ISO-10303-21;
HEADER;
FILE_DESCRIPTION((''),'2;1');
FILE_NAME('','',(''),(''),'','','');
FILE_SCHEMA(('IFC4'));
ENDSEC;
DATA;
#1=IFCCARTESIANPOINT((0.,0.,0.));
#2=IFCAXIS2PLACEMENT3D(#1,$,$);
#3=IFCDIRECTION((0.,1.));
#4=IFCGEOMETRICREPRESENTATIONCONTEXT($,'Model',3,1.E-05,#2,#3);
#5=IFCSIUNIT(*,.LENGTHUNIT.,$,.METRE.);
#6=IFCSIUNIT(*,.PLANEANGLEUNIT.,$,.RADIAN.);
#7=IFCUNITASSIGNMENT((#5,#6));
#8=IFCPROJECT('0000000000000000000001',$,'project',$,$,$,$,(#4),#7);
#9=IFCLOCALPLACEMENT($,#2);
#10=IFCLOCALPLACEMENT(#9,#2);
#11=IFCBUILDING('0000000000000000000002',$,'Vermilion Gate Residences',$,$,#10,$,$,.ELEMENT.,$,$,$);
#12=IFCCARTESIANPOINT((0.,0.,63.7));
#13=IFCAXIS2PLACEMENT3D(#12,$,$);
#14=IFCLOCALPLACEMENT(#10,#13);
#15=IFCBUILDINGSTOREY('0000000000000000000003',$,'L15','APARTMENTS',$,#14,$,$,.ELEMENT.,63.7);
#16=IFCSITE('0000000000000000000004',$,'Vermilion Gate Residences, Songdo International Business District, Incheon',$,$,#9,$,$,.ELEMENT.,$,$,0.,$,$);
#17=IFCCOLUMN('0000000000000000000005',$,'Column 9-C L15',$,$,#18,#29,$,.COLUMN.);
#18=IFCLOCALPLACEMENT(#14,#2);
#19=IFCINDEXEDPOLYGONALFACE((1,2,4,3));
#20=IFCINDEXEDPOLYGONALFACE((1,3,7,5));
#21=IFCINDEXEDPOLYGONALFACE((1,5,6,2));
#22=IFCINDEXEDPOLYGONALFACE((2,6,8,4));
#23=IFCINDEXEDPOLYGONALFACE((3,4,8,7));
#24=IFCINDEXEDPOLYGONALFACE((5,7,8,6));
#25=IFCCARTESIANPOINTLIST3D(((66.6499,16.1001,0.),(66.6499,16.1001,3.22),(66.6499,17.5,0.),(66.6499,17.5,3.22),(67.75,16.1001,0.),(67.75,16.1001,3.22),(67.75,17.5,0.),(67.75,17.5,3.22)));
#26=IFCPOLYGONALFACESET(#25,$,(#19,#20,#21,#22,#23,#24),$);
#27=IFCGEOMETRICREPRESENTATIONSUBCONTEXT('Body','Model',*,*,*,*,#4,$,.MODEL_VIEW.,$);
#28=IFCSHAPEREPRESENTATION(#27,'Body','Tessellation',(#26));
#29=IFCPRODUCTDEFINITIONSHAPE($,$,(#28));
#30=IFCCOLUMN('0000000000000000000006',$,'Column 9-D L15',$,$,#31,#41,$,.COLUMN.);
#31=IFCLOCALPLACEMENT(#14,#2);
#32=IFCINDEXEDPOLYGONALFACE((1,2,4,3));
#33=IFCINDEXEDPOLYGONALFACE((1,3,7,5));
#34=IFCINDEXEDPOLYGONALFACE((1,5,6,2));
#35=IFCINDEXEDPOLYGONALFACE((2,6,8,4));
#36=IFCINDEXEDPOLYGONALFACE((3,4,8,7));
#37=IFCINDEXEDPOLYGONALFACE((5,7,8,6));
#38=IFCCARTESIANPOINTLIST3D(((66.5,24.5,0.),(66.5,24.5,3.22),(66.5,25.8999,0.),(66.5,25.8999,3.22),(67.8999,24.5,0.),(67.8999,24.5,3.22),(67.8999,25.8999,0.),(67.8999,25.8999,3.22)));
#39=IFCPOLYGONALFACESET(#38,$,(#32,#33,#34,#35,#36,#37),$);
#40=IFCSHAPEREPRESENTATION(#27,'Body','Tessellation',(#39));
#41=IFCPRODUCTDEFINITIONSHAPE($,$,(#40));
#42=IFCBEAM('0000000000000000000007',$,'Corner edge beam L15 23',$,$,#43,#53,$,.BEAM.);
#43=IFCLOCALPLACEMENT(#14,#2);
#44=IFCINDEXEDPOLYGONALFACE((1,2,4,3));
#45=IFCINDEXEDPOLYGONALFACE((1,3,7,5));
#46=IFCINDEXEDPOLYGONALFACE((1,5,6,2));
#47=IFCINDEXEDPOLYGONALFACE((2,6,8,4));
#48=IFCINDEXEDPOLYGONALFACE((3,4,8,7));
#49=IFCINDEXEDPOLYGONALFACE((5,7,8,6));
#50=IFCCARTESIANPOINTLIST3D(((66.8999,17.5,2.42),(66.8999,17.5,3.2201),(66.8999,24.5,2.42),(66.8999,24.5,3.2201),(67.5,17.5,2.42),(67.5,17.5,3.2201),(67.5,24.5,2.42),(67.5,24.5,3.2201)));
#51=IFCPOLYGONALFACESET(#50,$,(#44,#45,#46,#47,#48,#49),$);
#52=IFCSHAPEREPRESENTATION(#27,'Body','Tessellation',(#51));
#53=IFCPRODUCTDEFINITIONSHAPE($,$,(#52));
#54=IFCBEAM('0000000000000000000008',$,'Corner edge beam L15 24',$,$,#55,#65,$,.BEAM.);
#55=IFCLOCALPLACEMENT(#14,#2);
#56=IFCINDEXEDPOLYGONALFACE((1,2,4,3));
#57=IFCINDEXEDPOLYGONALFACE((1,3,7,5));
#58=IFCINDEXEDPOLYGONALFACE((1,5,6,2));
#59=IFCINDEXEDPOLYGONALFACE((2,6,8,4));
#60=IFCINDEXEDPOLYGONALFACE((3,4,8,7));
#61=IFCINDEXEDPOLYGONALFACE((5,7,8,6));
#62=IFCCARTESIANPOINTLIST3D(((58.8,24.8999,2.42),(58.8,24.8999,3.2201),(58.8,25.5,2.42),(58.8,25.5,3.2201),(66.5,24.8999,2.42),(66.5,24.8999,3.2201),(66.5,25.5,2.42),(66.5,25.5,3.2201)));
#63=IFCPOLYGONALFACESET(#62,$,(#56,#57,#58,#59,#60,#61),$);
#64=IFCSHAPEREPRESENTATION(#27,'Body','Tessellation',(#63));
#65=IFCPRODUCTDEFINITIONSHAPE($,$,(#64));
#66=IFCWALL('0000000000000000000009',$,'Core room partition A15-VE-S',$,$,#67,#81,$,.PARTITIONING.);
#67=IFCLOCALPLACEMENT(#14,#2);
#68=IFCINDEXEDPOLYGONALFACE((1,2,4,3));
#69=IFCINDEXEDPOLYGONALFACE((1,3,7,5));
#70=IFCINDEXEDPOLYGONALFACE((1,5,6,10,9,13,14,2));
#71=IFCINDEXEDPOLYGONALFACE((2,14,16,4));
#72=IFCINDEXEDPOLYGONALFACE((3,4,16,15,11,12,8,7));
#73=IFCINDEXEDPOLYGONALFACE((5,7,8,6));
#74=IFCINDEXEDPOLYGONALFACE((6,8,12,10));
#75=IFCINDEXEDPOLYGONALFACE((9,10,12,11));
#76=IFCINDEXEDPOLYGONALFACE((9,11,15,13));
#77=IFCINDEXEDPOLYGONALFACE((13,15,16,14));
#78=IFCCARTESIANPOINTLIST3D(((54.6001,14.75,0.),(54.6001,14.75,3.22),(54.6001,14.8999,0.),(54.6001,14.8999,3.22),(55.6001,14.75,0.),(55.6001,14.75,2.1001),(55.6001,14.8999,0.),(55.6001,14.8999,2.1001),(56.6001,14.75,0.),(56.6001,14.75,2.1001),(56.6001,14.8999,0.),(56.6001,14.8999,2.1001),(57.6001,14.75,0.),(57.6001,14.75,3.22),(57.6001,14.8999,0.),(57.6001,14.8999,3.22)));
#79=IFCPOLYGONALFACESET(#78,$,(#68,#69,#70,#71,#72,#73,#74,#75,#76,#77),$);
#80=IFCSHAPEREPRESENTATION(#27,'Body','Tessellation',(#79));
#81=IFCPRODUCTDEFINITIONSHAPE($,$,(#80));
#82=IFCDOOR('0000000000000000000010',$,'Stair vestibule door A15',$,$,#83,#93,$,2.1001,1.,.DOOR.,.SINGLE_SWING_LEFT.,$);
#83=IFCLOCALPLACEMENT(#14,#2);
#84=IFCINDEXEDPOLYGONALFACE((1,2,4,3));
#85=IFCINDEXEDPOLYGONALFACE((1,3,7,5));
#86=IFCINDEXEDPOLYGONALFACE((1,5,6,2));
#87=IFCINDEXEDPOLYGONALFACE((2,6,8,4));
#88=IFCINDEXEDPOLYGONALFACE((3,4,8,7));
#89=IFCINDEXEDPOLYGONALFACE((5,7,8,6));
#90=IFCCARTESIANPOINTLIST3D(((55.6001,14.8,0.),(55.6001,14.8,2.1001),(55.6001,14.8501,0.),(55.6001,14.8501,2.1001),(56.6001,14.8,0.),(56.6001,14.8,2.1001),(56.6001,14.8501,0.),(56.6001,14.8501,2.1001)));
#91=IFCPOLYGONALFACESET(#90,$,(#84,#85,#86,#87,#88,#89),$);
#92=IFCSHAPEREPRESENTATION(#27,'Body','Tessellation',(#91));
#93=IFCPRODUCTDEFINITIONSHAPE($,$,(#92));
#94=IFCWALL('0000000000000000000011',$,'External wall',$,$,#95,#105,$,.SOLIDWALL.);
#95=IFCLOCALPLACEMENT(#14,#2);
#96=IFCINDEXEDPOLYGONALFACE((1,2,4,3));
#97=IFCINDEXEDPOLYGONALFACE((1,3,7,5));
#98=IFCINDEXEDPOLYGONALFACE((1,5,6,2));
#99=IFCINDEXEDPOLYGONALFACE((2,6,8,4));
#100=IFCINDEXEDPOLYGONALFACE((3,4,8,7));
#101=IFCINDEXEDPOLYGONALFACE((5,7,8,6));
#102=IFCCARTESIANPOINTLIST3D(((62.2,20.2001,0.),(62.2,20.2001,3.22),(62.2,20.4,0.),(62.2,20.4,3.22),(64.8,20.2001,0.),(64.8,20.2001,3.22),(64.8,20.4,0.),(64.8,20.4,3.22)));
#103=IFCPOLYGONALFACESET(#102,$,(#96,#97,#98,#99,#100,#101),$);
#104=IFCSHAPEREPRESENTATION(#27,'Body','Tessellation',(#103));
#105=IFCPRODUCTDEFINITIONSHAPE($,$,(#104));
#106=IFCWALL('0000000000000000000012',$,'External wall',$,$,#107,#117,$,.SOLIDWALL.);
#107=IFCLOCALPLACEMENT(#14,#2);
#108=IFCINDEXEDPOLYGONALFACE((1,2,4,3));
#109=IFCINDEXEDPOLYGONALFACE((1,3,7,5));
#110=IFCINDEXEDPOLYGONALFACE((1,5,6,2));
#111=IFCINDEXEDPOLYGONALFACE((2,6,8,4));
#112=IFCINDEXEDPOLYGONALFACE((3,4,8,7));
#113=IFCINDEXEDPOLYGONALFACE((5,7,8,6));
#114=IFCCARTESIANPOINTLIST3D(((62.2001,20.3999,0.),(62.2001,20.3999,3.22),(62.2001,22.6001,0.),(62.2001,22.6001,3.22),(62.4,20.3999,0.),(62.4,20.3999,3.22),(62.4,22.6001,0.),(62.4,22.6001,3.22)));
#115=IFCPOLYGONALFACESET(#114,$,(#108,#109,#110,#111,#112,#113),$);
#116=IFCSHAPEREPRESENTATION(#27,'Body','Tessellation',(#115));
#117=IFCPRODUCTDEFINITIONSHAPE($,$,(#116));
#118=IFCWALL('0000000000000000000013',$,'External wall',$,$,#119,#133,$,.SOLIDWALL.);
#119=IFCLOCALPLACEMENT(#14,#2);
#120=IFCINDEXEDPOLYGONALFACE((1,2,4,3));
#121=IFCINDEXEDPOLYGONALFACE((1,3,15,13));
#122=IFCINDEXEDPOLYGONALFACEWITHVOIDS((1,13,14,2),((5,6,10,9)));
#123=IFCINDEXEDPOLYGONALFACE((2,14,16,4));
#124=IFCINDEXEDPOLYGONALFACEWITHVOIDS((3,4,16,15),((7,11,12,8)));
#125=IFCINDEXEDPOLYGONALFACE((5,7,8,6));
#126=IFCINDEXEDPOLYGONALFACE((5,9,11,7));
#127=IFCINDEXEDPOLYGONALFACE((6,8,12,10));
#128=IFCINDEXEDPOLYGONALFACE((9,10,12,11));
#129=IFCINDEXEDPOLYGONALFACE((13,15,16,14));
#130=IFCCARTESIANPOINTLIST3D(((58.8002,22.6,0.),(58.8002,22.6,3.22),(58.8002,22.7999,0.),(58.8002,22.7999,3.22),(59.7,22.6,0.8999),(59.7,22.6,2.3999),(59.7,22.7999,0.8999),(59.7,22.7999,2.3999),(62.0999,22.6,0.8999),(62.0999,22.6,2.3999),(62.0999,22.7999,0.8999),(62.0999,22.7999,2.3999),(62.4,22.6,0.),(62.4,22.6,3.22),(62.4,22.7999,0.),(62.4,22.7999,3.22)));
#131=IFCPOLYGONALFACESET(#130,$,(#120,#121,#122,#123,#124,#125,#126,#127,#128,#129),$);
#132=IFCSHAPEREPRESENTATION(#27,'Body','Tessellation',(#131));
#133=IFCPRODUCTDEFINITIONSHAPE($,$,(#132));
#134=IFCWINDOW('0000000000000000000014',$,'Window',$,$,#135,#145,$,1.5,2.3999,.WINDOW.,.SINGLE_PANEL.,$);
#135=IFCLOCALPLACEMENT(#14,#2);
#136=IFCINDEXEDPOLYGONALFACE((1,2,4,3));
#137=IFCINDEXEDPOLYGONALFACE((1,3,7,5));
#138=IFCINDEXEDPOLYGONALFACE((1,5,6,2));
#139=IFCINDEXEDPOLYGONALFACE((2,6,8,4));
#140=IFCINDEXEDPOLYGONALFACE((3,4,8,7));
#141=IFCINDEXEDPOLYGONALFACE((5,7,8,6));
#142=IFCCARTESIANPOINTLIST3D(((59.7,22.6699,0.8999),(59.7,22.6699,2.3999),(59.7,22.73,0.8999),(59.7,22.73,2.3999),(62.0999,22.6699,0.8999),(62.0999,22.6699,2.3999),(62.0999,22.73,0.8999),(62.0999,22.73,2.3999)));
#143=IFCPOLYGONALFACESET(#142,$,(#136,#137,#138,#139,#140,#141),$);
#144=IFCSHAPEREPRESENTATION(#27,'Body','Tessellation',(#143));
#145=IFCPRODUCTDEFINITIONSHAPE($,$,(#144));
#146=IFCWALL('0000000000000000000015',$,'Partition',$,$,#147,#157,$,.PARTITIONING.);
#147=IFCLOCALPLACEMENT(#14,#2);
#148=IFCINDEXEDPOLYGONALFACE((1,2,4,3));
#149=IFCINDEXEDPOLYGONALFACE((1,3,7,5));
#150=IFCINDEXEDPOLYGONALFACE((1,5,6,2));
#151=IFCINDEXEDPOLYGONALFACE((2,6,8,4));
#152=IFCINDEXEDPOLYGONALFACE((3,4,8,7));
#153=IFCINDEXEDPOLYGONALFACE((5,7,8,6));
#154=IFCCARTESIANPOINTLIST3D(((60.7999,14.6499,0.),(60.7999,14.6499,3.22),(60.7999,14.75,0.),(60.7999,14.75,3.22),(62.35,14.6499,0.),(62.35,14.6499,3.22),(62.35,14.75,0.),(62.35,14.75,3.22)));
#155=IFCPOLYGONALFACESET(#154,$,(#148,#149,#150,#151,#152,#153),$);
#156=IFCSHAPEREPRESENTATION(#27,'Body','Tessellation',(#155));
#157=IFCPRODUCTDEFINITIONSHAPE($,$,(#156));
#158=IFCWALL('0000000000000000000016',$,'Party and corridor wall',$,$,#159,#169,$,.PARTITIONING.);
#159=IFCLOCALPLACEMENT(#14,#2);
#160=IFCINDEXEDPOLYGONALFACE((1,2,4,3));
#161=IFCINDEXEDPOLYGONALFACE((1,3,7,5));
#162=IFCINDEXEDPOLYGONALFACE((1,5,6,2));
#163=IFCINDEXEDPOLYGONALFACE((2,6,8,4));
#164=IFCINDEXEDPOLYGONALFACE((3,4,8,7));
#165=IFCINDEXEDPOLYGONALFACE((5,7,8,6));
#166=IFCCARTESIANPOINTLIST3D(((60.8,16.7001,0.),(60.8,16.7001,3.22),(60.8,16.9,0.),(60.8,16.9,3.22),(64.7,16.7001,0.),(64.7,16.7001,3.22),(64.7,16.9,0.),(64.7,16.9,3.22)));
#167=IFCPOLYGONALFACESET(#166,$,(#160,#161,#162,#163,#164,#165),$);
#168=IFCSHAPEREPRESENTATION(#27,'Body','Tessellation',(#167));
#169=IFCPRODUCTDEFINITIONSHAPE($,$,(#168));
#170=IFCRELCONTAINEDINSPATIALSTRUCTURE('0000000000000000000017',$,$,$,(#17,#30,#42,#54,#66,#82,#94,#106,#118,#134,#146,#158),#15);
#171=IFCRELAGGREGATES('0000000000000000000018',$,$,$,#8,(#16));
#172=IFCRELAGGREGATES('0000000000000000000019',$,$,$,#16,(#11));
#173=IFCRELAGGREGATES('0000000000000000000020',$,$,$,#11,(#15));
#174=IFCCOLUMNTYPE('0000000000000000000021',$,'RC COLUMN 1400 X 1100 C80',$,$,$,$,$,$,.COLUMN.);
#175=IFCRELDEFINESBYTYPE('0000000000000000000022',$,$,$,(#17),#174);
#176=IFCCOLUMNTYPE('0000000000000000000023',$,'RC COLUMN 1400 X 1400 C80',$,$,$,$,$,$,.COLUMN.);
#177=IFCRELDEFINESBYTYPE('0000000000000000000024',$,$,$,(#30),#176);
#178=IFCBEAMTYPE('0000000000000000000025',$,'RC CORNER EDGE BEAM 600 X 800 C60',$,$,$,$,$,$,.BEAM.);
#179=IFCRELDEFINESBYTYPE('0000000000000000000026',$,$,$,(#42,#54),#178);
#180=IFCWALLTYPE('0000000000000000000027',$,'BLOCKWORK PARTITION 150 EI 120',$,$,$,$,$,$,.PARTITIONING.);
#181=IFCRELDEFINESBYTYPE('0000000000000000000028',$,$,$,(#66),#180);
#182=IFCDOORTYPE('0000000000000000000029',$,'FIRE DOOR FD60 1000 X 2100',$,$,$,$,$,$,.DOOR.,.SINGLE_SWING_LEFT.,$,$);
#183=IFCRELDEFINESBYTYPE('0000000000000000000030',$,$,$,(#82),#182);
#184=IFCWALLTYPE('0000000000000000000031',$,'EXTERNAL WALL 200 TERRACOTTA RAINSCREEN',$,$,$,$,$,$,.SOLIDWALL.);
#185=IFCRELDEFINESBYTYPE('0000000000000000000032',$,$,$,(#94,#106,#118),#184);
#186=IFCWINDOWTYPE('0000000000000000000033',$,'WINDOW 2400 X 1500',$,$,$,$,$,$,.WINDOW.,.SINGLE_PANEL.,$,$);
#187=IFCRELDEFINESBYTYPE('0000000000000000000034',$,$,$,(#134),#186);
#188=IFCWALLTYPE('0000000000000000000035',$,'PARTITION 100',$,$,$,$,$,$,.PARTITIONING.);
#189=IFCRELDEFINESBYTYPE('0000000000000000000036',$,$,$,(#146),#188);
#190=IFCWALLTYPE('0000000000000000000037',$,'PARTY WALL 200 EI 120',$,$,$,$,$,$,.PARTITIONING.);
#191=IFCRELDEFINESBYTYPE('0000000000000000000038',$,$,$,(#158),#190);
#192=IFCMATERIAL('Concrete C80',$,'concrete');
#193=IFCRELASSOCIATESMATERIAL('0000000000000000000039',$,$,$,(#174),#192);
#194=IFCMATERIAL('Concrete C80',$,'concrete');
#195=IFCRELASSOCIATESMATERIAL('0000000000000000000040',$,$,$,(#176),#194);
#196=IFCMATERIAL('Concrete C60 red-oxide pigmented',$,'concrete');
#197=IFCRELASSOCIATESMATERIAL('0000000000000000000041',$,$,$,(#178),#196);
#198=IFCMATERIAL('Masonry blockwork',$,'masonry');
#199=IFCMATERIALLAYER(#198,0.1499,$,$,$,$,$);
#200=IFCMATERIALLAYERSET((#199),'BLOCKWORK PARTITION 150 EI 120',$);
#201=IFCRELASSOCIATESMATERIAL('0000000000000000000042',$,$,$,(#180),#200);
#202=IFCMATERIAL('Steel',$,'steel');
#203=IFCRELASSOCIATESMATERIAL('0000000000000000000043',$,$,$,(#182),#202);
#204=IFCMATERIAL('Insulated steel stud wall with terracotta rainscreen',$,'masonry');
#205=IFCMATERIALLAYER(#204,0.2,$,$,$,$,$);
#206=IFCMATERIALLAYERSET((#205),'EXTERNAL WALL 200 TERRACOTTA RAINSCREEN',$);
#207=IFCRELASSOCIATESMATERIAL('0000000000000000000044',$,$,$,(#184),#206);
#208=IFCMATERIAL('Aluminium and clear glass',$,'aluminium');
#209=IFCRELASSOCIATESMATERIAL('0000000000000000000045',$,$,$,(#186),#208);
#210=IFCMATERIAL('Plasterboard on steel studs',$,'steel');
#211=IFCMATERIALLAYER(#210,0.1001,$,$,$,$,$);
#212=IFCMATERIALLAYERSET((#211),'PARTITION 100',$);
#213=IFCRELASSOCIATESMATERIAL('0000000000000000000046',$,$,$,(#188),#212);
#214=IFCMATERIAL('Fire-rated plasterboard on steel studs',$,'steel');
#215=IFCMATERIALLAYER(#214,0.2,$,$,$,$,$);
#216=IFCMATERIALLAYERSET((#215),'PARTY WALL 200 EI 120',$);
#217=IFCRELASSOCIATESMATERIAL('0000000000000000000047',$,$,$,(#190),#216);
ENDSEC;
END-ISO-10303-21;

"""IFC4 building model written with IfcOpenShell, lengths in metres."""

from ifc_helpers import new_model, si_unit, direction, frame, frame_2d, origin, origin_2d, place, context, subcontext, project, spatial, rectangle, extrude, material, layer, layer_set, material_profile, profile_set, type_object, element, fill, save


model = new_model("IFC4")

# Units and contexts
model_context = context("Model", 3, precision=1e-05, world=origin(), true_north=direction((0.0, 1.0)))
body_context = subcontext(model_context, "Body", "Model", "MODEL_VIEW")
ifc_project = project(units=[si_unit("LENGTHUNIT", "METRE"), si_unit("PLANEANGLEUNIT", "RADIAN")], contexts=[model_context])

# Site, building, storey
site_placement = place(None, origin())
site = spatial("IfcSite", under=ifc_project, at=site_placement, Name="Vermilion Gate Residences, Songdo International Business District, Incheon", CompositionType="ELEMENT", RefElevation=0.0)
building_placement = place(site_placement, origin())
building = spatial("IfcBuilding", under=site, at=building_placement, Name="Vermilion Gate Residences", CompositionType="ELEMENT")
storey_placement = place(building_placement, frame((0.0, 0.0, 63.7)))
storey = spatial("IfcBuildingStorey", under=building, at=storey_placement, Name="L15", Description="APARTMENTS", CompositionType="ELEMENT", Elevation=63.7)

# Columns
ifc_material_1 = material(Name="Concrete C80", Category="concrete")
ifc_material_profile_1 = material_profile(ifc_material_1, rectangle(XDim=1.3999, YDim=1.1001, at=origin_2d()), Name="RC-1400x1100")
ifc_profile_set_1 = profile_set([ifc_material_profile_1], Name="Concrete C80")
column_type_1 = type_object("IfcColumnType", Name="RC COLUMN 1400 X 1100 C80", PredefinedType="COLUMN", material=ifc_profile_set_1)
column_1_placement = place(storey_placement, frame((67.2, 16.8, 0.0), z_axis=(0.0, 0.0, 1.0), x_axis=(0.0, 1.0, 0.0)))
element("IfcColumn", 1, at=column_1_placement, inside=storey, type_object=column_type_1, Name="Column 9-C L15", PredefinedType="COLUMN", context=body_context, shape_type="SweptSolid", body=[
    extrude(rectangle(XDim=1.3999, YDim=1.1001, at=origin_2d()), origin(), (0.0, 0.0, 1.0), 3.22),
])
ifc_material_2 = material(Name="Concrete C80", Category="concrete")
ifc_material_profile_2 = material_profile(ifc_material_2, rectangle(XDim=1.3999, YDim=1.3999, at=origin_2d()), Name="RC-1400x1400")
ifc_profile_set_2 = profile_set([ifc_material_profile_2], Name="Concrete C80")
column_type_2 = type_object("IfcColumnType", Name="RC COLUMN 1400 X 1400 C80", PredefinedType="COLUMN", material=ifc_profile_set_2)
column_2_placement = place(storey_placement, frame((67.2, 25.2, 0.0), z_axis=(0.0, 0.0, 1.0), x_axis=(1.0, 0.0, 0.0)))
element("IfcColumn", 2, at=column_2_placement, inside=storey, type_object=column_type_2, Name="Column 9-D L15", PredefinedType="COLUMN", context=body_context, shape_type="SweptSolid", body=[
    extrude(rectangle(XDim=1.3999, YDim=1.3999, at=origin_2d()), origin(), (0.0, 0.0, 1.0), 3.22),
])

# Beams
ifc_material_3 = material(Name="Concrete C60 red-oxide pigmented", Category="concrete")
ifc_material_profile_3 = material_profile(ifc_material_3, rectangle(XDim=0.6001, YDim=0.8, at=origin_2d()), Name="RC-600x800")
ifc_profile_set_3 = profile_set([ifc_material_profile_3], Name="Concrete C60 red-oxide pigmented")
beam_type = type_object("IfcBeamType", Name="RC CORNER EDGE BEAM 600 X 800 C60", PredefinedType="BEAM", material=ifc_profile_set_3)
beam_1_placement = place(storey_placement, frame((67.2, 17.5, 2.8201), z_axis=(0.0, 1.0, 0.0), x_axis=(-1.0, 0.0, 0.0)))
element("IfcBeam", 3, at=beam_1_placement, inside=storey, type_object=beam_type, Name="Corner edge beam L15 23", PredefinedType="BEAM", context=body_context, shape_type="SweptSolid", body=[
    extrude(rectangle(XDim=0.6001, YDim=0.8, at=origin_2d()), origin(), (0.0, 0.0, 1.0), 7.0),
])
beam_2_placement = place(storey_placement, frame((58.8, 25.2, 2.8201), z_axis=(1.0, 0.0, 0.0), x_axis=(0.0, 1.0, 0.0)))
element("IfcBeam", 4, at=beam_2_placement, inside=storey, type_object=beam_type, Name="Corner edge beam L15 24", PredefinedType="BEAM", context=body_context, shape_type="SweptSolid", body=[
    extrude(rectangle(XDim=0.6001, YDim=0.8, at=origin_2d()), origin(), (0.0, 0.0, 1.0), 7.7),
])

# Wall, opening, door
ifc_material_4 = material(Name="Masonry blockwork", Category="masonry")
ifc_layer_1 = layer(ifc_material_4, 0.1499)
ifc_layer_set_1 = layer_set([ifc_layer_1], Name="BLOCKWORK PARTITION 150 EI 120")
wall_type_1 = type_object("IfcWallType", Name="BLOCKWORK PARTITION 150 EI 120", PredefinedType="PARTITIONING", material=ifc_layer_set_1)
wall_1_placement = place(storey_placement, frame((54.6001, 14.825, 0.0), z_axis=(0.0, 0.0, 1.0), x_axis=(1.0, 0.0, 0.0)))
wall_1 = element("IfcWall", 5, at=wall_1_placement, inside=storey, type_object=wall_type_1, Name="Core room partition A15-VE-S", PredefinedType="PARTITIONING", context=body_context, shape_type="SweptSolid", body=[
    extrude(rectangle(XDim=3.0, YDim=0.1499, at=frame_2d((1.5, 0.0))), origin(), (0.0, 0.0, 1.0), 3.22),
])
opening_1_placement = place(wall_1_placement, frame((1.0, 0.0, 0.0)))
opening_1 = element("IfcOpeningElement", 6, at=opening_1_placement, cuts=wall_1, PredefinedType="OPENING", context=body_context, shape_type="SweptSolid", body=[
    extrude(rectangle(XDim=1.0, YDim=2.1001, at=frame_2d((0.5, 1.05))), frame((0.0, 0.085, 0.0), z_axis=(0.0, -1.0, 0.0), x_axis=(1.0, 0.0, 0.0)), (0.0, 0.0, 1.0), 0.1699),
])
ifc_material_5 = material(Name="Steel", Category="steel")
door_type = type_object("IfcDoorType", Name="FIRE DOOR FD60 1000 X 2100", OperationType="SINGLE_SWING_LEFT", PredefinedType="DOOR", material=ifc_material_5)
door_1_placement = place(opening_1_placement, frame((1.0, 0.0, 0.0), z_axis=(0.0, 0.0, 1.0), x_axis=(-1.0, 0.0, 0.0)))
door_1 = element("IfcDoor", 7, at=door_1_placement, inside=storey, type_object=door_type, Name="Stair vestibule door A15", OperationType="SINGLE_SWING_LEFT", OverallHeight=2.1001, OverallWidth=1.0, PredefinedType="DOOR", context=body_context, shape_type="SweptSolid", body=[
    extrude(rectangle(XDim=1.0, YDim=2.1001, at=frame_2d((0.5, 1.05))), frame((0.0, 0.0249, 0.0), z_axis=(0.0, -1.0, 0.0), x_axis=(1.0, 0.0, 0.0)), (0.0, 0.0, 1.0), 0.05),
])
fill(opening_1, door_1)

# Walls
ifc_material_6 = material(Name="Insulated steel stud wall with terracotta rainscreen", Category="masonry")
ifc_layer_2 = layer(ifc_material_6, 0.2)
ifc_layer_set_2 = layer_set([ifc_layer_2], Name="EXTERNAL WALL 200 TERRACOTTA RAINSCREEN")
wall_type_2 = type_object("IfcWallType", Name="EXTERNAL WALL 200 TERRACOTTA RAINSCREEN", PredefinedType="SOLIDWALL", material=ifc_layer_set_2)
wall_2_placement = place(storey_placement, frame((64.8, 20.3, 0.0), z_axis=(0.0, 0.0, 1.0), x_axis=(-1.0, 0.0, 0.0)))
element("IfcWall", 8, at=wall_2_placement, inside=storey, type_object=wall_type_2, Name="External wall", PredefinedType="SOLIDWALL", context=body_context, shape_type="SweptSolid", body=[
    extrude(rectangle(XDim=2.6001, YDim=0.2, at=frame_2d((1.3, 0.0))), origin(), (0.0, 0.0, 1.0), 3.22),
])
wall_3_placement = place(storey_placement, frame((62.3, 20.3999, 0.0), z_axis=(0.0, 0.0, 1.0), x_axis=(0.0, 1.0, 0.0)))
element("IfcWall", 9, at=wall_3_placement, inside=storey, type_object=wall_type_2, Name="External wall", PredefinedType="SOLIDWALL", context=body_context, shape_type="SweptSolid", body=[
    extrude(rectangle(XDim=2.2002, YDim=0.2, at=frame_2d((1.1001, 0.0))), origin(), (0.0, 0.0, 1.0), 3.22),
])

# Wall, opening, window
wall_4_placement = place(storey_placement, frame((62.3999, 22.7, 0.0), z_axis=(0.0, 0.0, 1.0), x_axis=(-1.0, 0.0, 0.0)))
wall_4 = element("IfcWall", 10, at=wall_4_placement, inside=storey, type_object=wall_type_2, Name="External wall", PredefinedType="SOLIDWALL", context=body_context, shape_type="SweptSolid", body=[
    extrude(rectangle(XDim=3.5999, YDim=0.2, at=frame_2d((1.7998, 0.0))), origin(), (0.0, 0.0, 1.0), 3.22),
])
opening_2_placement = place(wall_4_placement, frame((0.3, 0.0, 0.8999)))
opening_2 = element("IfcOpeningElement", 11, at=opening_2_placement, cuts=wall_4, PredefinedType="OPENING", context=body_context, shape_type="SweptSolid", body=[
    extrude(rectangle(XDim=2.3999, YDim=1.5, at=frame_2d((1.2, 0.75))), frame((0.0, 0.1099, 0.0), z_axis=(0.0, -1.0, 0.0), x_axis=(1.0, 0.0, 0.0)), (0.0, 0.0, 1.0), 0.22),
])
ifc_material_7 = material(Name="Aluminium and clear glass", Category="aluminium")
window_type = type_object("IfcWindowType", Name="WINDOW 2400 X 1500", PartitioningType="SINGLE_PANEL", PredefinedType="WINDOW", material=ifc_material_7)
window_placement = place(opening_2_placement, origin())
window = element("IfcWindow", 12, at=window_placement, inside=storey, type_object=window_type, Name="Window", OverallHeight=1.5, OverallWidth=2.3999, PartitioningType="SINGLE_PANEL", PredefinedType="WINDOW", context=body_context, shape_type="SweptSolid", body=[
    extrude(rectangle(XDim=2.3999, YDim=1.5, at=frame_2d((1.2, 0.75))), frame((0.0, 0.03, 0.0), z_axis=(0.0, -1.0, 0.0), x_axis=(1.0, 0.0, 0.0)), (0.0, 0.0, 1.0), 0.0601),
])
fill(opening_2, window)

# Walls
ifc_material_8 = material(Name="Plasterboard on steel studs", Category="steel")
ifc_layer_3 = layer(ifc_material_8, 0.1001)
ifc_layer_set_3 = layer_set([ifc_layer_3], Name="PARTITION 100")
wall_type_3 = type_object("IfcWallType", Name="PARTITION 100", PredefinedType="PARTITIONING", material=ifc_layer_set_3)
wall_5_placement = place(storey_placement, frame((60.8, 14.7, 0.0), z_axis=(0.0, 0.0, 1.0), x_axis=(1.0, 0.0, 0.0)))
element("IfcWall", 13, at=wall_5_placement, inside=storey, type_object=wall_type_3, Name="Partition", PredefinedType="PARTITIONING", context=body_context, shape_type="SweptSolid", body=[
    extrude(rectangle(XDim=1.55, YDim=0.1001, at=frame_2d((0.7749, 0.0))), origin(), (0.0, 0.0, 1.0), 3.22),
])
ifc_material_9 = material(Name="Fire-rated plasterboard on steel studs", Category="steel")
ifc_layer_4 = layer(ifc_material_9, 0.2)
ifc_layer_set_4 = layer_set([ifc_layer_4], Name="PARTY WALL 200 EI 120")
wall_type_4 = type_object("IfcWallType", Name="PARTY WALL 200 EI 120", PredefinedType="PARTITIONING", material=ifc_layer_set_4)
wall_6_placement = place(storey_placement, frame((60.8, 16.8, 0.0), z_axis=(0.0, 0.0, 1.0), x_axis=(1.0, 0.0, 0.0)))
element("IfcWall", 14, at=wall_6_placement, inside=storey, type_object=wall_type_4, Name="Party and corridor wall", PredefinedType="PARTITIONING", context=body_context, shape_type="SweptSolid", body=[
    extrude(rectangle(XDim=3.8999, YDim=0.2, at=frame_2d((1.95, 0.0))), origin(), (0.0, 0.0, 1.0), 3.22),
])

save(model, "model.ifc")
